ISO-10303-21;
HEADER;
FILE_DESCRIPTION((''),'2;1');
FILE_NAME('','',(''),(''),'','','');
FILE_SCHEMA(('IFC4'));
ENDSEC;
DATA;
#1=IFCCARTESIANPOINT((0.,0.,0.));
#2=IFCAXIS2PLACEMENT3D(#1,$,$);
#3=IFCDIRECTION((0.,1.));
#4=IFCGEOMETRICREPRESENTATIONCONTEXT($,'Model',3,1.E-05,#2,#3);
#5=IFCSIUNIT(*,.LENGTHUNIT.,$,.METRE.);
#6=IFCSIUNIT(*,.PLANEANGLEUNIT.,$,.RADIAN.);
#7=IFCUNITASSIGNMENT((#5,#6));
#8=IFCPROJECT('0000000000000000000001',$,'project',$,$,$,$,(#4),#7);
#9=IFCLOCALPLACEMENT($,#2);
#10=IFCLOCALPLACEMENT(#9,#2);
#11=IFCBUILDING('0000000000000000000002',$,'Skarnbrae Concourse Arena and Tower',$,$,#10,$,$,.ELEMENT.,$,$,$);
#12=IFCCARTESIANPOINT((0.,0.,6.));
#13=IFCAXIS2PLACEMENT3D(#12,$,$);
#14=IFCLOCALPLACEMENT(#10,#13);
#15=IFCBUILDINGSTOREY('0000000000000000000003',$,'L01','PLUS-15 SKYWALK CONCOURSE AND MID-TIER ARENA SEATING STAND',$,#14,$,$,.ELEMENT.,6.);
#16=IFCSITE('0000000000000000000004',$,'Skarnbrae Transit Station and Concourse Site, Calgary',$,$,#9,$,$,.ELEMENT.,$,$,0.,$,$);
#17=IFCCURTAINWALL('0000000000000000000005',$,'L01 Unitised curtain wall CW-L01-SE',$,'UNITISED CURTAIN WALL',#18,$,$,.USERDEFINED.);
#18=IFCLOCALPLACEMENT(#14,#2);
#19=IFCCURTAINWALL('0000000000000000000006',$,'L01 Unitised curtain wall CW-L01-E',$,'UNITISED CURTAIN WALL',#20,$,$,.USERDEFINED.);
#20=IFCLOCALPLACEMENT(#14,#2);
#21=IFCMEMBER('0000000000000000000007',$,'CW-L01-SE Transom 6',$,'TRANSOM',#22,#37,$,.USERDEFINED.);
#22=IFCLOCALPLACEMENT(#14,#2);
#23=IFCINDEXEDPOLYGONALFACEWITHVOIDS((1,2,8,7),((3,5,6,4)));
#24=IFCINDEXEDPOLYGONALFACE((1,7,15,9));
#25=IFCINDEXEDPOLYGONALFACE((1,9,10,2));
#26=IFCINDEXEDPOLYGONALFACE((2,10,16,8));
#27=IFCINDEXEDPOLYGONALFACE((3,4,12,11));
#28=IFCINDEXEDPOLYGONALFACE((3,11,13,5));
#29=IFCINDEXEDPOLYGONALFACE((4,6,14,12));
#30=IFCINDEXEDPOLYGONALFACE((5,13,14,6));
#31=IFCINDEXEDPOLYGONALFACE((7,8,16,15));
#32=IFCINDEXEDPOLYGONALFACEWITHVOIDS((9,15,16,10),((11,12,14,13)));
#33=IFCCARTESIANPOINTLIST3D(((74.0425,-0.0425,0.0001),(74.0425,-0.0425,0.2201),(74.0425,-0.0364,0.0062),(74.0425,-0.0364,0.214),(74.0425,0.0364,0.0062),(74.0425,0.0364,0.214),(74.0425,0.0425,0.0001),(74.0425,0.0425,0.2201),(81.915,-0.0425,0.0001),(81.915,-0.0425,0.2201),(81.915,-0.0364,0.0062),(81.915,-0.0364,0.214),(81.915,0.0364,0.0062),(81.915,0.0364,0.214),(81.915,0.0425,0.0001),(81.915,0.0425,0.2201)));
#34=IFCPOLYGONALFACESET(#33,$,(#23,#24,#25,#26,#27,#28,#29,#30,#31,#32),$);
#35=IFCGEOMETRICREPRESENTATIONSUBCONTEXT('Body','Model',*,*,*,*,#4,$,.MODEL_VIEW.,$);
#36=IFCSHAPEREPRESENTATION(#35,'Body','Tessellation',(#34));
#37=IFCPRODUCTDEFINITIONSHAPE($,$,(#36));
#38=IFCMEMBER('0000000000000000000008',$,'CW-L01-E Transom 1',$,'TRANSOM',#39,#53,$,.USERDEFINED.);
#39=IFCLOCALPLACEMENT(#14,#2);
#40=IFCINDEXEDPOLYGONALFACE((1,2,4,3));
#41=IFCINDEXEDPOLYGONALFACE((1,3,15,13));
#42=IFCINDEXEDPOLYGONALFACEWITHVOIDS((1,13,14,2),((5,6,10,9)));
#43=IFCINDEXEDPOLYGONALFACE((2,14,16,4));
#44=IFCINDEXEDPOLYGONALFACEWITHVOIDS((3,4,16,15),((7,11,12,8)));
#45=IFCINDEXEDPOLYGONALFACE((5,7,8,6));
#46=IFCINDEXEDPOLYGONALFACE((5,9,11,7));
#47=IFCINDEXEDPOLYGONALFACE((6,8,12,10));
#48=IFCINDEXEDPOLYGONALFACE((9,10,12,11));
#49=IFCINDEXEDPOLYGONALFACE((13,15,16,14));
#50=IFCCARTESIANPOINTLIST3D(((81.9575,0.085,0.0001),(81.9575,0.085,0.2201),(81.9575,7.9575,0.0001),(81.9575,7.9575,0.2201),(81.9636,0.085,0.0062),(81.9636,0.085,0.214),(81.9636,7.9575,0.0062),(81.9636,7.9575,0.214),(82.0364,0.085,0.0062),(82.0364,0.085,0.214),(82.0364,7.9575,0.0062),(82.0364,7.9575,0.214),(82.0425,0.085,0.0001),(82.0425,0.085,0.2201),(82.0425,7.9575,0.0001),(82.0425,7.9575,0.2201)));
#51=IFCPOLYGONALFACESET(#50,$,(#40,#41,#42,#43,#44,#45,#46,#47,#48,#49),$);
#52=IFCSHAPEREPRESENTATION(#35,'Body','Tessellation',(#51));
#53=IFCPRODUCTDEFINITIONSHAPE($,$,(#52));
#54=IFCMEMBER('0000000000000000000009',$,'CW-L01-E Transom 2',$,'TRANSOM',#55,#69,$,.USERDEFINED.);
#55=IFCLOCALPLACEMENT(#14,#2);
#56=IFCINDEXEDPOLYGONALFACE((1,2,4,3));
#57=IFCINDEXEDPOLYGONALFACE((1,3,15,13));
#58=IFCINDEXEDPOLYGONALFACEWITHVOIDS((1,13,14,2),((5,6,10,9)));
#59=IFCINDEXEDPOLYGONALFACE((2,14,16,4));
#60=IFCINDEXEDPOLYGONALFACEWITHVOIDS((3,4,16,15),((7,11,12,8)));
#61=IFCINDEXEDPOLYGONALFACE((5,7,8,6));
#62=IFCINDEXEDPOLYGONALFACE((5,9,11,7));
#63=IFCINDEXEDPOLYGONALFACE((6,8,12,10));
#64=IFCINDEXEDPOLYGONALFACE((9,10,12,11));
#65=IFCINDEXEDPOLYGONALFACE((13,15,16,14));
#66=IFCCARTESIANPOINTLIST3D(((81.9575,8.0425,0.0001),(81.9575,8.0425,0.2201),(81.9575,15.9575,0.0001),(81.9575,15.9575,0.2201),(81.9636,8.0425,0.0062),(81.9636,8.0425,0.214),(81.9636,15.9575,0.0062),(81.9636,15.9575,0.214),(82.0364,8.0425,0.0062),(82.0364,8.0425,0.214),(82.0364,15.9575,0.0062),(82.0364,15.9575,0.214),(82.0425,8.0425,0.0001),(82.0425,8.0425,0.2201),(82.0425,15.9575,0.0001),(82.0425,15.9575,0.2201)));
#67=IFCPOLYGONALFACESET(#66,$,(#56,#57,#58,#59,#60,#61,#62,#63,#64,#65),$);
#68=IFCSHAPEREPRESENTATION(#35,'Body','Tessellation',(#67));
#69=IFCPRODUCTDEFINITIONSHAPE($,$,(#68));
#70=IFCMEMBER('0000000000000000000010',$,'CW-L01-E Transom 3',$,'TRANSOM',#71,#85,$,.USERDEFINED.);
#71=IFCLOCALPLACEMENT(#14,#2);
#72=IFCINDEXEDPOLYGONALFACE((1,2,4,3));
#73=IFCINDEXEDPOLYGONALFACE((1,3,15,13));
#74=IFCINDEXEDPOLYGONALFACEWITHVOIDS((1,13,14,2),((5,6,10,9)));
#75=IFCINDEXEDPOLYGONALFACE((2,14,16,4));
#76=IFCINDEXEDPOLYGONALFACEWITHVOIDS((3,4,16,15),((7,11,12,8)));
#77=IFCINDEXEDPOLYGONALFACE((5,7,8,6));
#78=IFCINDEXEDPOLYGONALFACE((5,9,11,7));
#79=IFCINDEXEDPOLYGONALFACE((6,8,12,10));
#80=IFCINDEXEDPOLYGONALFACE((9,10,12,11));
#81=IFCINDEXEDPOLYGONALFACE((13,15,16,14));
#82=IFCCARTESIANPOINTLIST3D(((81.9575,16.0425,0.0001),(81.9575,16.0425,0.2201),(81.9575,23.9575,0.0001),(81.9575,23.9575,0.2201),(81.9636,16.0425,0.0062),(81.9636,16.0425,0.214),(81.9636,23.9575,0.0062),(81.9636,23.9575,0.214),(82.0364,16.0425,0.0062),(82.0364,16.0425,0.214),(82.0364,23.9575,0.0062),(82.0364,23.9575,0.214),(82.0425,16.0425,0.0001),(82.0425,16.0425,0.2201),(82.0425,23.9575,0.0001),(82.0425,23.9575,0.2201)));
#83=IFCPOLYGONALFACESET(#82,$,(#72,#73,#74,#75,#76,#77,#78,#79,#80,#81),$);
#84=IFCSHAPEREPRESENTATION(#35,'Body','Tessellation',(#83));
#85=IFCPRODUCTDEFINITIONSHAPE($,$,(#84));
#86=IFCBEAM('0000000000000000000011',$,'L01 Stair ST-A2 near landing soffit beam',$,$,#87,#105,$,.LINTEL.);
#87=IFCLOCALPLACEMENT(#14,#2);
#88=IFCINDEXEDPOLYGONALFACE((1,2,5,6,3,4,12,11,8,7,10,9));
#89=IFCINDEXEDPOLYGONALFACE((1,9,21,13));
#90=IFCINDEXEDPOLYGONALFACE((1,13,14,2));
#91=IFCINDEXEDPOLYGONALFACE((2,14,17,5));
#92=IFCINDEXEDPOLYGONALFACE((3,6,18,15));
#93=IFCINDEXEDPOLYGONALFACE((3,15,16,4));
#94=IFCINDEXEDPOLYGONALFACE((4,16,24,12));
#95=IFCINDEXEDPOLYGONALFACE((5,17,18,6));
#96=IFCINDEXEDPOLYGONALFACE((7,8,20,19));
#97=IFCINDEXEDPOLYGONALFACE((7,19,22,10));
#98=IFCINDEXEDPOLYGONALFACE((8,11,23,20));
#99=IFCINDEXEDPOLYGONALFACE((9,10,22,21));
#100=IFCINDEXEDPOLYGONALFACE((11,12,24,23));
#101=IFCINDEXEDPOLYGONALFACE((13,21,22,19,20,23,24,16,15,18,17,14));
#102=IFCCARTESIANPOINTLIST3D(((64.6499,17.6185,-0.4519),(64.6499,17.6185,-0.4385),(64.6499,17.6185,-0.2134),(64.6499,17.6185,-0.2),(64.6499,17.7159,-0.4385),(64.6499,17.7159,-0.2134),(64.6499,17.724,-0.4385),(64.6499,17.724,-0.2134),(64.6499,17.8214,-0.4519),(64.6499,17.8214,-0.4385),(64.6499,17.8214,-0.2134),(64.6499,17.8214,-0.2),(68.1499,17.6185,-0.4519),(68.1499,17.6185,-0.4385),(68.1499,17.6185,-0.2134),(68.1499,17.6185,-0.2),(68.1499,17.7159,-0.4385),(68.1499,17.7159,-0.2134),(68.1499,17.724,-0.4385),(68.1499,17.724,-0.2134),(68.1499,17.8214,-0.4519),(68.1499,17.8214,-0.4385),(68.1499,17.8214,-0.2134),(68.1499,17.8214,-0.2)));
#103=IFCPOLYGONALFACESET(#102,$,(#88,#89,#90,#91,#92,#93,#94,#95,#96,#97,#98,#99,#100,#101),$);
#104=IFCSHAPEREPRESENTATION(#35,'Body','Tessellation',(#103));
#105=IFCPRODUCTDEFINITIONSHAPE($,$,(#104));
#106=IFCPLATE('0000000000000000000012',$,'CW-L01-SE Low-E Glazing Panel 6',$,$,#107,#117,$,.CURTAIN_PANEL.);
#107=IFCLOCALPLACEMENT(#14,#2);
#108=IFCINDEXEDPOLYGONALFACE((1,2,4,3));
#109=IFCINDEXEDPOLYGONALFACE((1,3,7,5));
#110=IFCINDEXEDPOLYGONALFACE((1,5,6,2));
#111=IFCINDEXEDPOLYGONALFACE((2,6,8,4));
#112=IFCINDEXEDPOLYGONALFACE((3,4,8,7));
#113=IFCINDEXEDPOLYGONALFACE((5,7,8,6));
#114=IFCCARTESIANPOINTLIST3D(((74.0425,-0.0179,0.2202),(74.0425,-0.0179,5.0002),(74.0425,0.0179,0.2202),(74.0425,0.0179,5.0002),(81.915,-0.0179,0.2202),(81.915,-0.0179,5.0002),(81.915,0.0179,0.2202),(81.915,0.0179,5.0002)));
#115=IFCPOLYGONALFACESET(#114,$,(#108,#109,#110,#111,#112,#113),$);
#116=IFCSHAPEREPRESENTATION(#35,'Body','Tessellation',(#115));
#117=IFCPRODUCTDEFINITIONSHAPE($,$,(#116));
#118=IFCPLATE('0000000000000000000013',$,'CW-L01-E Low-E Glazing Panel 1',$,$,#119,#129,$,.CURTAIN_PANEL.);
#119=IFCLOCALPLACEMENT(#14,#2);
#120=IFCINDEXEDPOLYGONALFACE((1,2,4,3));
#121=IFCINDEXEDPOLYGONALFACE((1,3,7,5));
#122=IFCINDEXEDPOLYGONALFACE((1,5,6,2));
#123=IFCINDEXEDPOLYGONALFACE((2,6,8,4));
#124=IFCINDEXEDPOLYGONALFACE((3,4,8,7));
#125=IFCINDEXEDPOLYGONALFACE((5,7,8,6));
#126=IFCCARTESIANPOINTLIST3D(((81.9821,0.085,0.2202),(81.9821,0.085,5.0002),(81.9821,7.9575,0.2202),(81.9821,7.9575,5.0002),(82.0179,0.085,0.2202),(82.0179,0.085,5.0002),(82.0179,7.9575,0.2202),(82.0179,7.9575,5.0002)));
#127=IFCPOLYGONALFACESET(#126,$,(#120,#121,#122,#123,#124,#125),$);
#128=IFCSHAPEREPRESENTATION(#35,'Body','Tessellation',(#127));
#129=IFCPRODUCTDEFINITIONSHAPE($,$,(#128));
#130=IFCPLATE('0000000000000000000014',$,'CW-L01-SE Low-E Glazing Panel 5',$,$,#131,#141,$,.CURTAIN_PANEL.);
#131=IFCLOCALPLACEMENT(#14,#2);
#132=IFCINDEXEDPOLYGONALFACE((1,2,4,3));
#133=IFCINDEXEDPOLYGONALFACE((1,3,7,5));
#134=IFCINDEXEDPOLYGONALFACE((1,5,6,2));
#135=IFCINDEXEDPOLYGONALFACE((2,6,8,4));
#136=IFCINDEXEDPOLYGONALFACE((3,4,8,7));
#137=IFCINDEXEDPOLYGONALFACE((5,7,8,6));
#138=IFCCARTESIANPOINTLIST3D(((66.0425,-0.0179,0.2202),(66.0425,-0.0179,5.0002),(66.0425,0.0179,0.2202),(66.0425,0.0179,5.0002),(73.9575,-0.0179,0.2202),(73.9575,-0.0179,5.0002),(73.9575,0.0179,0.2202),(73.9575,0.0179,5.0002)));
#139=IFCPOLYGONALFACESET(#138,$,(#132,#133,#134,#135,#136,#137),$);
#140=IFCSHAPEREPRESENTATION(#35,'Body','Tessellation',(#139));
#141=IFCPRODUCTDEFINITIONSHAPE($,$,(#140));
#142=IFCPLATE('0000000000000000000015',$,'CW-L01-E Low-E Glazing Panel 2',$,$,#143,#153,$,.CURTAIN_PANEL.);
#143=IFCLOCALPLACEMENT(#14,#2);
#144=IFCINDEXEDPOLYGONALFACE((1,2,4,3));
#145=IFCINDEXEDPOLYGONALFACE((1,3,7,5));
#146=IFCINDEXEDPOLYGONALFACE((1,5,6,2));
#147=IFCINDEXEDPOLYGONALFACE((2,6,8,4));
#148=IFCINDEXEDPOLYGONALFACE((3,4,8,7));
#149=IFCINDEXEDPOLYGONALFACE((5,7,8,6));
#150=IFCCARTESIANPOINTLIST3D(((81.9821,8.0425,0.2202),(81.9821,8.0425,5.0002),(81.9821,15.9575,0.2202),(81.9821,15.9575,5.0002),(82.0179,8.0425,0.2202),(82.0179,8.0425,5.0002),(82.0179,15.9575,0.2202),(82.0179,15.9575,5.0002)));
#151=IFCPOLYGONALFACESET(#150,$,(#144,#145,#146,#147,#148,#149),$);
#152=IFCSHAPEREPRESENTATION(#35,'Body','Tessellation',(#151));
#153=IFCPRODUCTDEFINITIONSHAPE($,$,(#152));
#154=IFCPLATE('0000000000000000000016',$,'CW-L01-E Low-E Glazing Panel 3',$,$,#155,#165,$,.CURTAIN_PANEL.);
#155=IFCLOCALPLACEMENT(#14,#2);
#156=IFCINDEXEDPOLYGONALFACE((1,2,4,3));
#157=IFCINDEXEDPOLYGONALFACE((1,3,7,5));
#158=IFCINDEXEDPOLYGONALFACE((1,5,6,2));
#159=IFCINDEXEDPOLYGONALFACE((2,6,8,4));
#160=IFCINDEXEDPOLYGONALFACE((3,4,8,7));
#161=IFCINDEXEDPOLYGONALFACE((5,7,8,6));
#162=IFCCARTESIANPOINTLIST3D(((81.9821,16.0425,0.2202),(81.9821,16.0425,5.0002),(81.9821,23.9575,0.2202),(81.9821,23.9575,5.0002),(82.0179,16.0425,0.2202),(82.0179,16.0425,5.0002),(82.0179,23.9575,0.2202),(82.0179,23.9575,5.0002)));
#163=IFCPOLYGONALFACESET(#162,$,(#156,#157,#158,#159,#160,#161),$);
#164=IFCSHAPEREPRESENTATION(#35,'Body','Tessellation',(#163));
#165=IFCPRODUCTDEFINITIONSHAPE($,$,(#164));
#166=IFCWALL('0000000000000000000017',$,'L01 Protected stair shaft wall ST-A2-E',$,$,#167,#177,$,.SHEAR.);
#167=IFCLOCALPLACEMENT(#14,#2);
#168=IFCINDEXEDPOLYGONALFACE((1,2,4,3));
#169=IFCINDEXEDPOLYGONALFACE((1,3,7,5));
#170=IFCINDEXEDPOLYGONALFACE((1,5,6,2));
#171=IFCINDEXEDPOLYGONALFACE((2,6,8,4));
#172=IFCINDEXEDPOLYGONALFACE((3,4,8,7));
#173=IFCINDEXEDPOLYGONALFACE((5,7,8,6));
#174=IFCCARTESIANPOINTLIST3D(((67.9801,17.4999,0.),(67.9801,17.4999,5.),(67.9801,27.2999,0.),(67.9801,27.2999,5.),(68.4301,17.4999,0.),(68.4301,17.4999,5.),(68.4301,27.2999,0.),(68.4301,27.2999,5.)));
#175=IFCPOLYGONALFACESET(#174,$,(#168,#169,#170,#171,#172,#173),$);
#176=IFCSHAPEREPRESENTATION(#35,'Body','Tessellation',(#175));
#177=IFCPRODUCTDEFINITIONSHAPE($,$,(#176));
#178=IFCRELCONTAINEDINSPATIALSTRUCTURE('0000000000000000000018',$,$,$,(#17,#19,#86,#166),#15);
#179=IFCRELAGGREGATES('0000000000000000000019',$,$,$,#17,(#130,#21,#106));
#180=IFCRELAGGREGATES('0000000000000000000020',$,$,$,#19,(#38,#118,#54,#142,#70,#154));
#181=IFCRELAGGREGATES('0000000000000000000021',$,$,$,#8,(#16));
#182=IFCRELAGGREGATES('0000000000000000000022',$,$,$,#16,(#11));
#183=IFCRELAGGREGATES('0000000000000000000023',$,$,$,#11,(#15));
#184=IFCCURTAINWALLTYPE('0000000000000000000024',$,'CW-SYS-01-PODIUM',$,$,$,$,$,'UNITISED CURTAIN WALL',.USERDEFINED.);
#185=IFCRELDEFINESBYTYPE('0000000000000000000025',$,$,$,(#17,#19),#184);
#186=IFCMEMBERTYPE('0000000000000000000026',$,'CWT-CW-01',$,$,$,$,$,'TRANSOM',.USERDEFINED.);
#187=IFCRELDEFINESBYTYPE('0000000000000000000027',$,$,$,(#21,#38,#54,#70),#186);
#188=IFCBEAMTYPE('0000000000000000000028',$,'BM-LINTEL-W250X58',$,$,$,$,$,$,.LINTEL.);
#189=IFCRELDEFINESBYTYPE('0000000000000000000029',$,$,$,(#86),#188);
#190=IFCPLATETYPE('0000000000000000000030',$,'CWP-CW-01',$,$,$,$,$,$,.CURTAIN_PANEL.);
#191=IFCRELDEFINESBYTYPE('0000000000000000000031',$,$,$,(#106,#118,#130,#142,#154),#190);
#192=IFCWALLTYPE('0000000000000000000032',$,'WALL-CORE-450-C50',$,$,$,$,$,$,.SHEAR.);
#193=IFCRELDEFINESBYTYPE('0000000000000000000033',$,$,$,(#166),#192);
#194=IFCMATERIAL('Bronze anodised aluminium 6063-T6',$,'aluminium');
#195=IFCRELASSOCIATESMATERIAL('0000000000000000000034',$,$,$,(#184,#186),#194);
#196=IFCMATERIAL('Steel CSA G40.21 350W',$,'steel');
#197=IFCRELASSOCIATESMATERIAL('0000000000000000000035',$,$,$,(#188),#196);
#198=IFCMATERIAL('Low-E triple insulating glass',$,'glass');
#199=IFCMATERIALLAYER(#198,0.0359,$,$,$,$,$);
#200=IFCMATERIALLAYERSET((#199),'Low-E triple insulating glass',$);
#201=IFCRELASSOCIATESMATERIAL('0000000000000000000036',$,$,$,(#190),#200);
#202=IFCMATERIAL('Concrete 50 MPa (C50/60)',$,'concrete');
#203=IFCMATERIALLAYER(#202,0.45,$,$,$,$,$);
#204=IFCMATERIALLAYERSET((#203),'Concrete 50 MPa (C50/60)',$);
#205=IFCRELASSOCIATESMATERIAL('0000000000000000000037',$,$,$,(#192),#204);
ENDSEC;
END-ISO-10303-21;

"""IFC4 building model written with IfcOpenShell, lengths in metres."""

from ifc_helpers import new_model, si_unit, direction, frame, frame_2d, origin, origin_2d, place, context, subcontext, project, spatial, rectangle, hollow_rectangle, i_section, extrude, source, transform, mapped, material, layer, layer_set, material_profile, profile_set, type_object, element, aggregate, save


model = new_model("IFC4")

# Units and contexts
model_context = context("Model", 3, precision=1e-05, world=origin(), true_north=direction((0.0, 1.0)))
body_context = subcontext(model_context, "Body", "Model", "MODEL_VIEW")
ifc_project = project(units=[si_unit("LENGTHUNIT", "METRE"), si_unit("PLANEANGLEUNIT", "RADIAN")], contexts=[model_context])

# Site, building, storey
site_placement = place(None, origin())
site = spatial("IfcSite", under=ifc_project, at=site_placement, Name="Skarnbrae Transit Station and Concourse Site, Calgary", CompositionType="ELEMENT", RefElevation=0.0)
building_placement = place(site_placement, origin())
building = spatial("IfcBuilding", under=site, at=building_placement, Name="Skarnbrae Concourse Arena and Tower", CompositionType="ELEMENT")
storey_placement = place(building_placement, frame((0.0, 0.0, 6.0)))
storey = spatial("IfcBuildingStorey", under=building, at=storey_placement, Name="L01", Description="PLUS-15 SKYWALK CONCOURSE AND MID-TIER ARENA SEATING STAND", CompositionType="ELEMENT", Elevation=6.0)

# Shared definitions
ifc_material_1 = material(Name="Steel CSA G40.21 350W", Category="steel")

# Curtain walls
ifc_material_2 = material(Name="Bronze anodised aluminium 6063-T6", Category="aluminium")
curtain_wall_type = type_object("IfcCurtainWallType", Name="CW-SYS-01-PODIUM", ElementType="UNITISED CURTAIN WALL", PredefinedType="USERDEFINED", material=ifc_material_2)
curtain_wall_1_placement = place(storey_placement, origin())
curtain_wall_1 = element("IfcCurtainWall", 1, at=curtain_wall_1_placement, inside=storey, type_object=curtain_wall_type, Name="L01 Unitised curtain wall CW-L01-SE", ObjectType="UNITISED CURTAIN WALL", PredefinedType="USERDEFINED")
curtain_wall_2_placement = place(storey_placement, origin())
curtain_wall_2 = element("IfcCurtainWall", 2, at=curtain_wall_2_placement, inside=storey, type_object=curtain_wall_type, Name="L01 Unitised curtain wall CW-L01-E", ObjectType="UNITISED CURTAIN WALL", PredefinedType="USERDEFINED")

# Members
ifc_material_profile_1 = material_profile(ifc_material_2, hollow_rectangle(XDim=0.085, YDim=0.22, WallThickness=0.0061, at=origin_2d()), Name="ALU-TRAN-85X220")
ifc_profile_set_1 = profile_set([ifc_material_profile_1], Name="Bronze anodised aluminium 6063-T6")
member_type_1 = type_object("IfcMemberType", Name="CWT-CW-01", ElementType="TRANSOM", PredefinedType="USERDEFINED", material=ifc_profile_set_1)
shared_shape_1 = source(origin(), body_context, "Body", "SweptSolid", [
    extrude(hollow_rectangle(XDim=0.085, YDim=0.22, WallThickness=0.0061, at=origin_2d()), origin(), (0.0, 0.0, 1.0), 7.8726),
])
member_1_placement = place(storey_placement, frame((74.0425, 0.0, 0.1101), z_axis=(1.0, 0.0, 0.0), x_axis=(0.0, 1.0, 0.0)))
member_1 = element("IfcMember", 3, at=member_1_placement, type_object=member_type_1, Name="CW-L01-SE Transom 6", ObjectType="TRANSOM", PredefinedType="USERDEFINED", context=body_context, shape_type="MappedRepresentation", body=[
    mapped(shared_shape_1, transform((0.0, 0.0, 0.0))),
])
member_2_placement = place(storey_placement, frame((82.0, 0.085, 0.1101), z_axis=(0.0, 1.0, 0.0), x_axis=(-1.0, 0.0, 0.0)))
member_2 = element("IfcMember", 4, at=member_2_placement, type_object=member_type_1, Name="CW-L01-E Transom 1", ObjectType="TRANSOM", PredefinedType="USERDEFINED", context=body_context, shape_type="MappedRepresentation", body=[
    mapped(shared_shape_1, transform((0.0, 0.0, 0.0))),
])
shared_shape_2 = source(origin(), body_context, "Body", "SweptSolid", [
    extrude(hollow_rectangle(XDim=0.085, YDim=0.22, WallThickness=0.0061, at=origin_2d()), origin(), (0.0, 0.0, 1.0), 7.915),
])
member_3_placement = place(storey_placement, frame((82.0, 8.0425, 0.1101), z_axis=(0.0, 1.0, 0.0), x_axis=(-1.0, 0.0, 0.0)))
member_3 = element("IfcMember", 5, at=member_3_placement, type_object=member_type_1, Name="CW-L01-E Transom 2", ObjectType="TRANSOM", PredefinedType="USERDEFINED", context=body_context, shape_type="MappedRepresentation", body=[
    mapped(shared_shape_2, transform((0.0, 0.0, 0.0))),
])
member_4_placement = place(storey_placement, frame((82.0, 16.0425, 0.1101), z_axis=(0.0, 1.0, 0.0), x_axis=(-1.0, 0.0, 0.0)))
member_4 = element("IfcMember", 6, at=member_4_placement, type_object=member_type_1, Name="CW-L01-E Transom 3", ObjectType="TRANSOM", PredefinedType="USERDEFINED", context=body_context, shape_type="MappedRepresentation", body=[
    mapped(shared_shape_2, transform((0.0, 0.0, 0.0))),
])

# Beam
ifc_material_profile_2 = material_profile(ifc_material_1, i_section(OverallWidth=0.2029, OverallDepth=0.252, WebThickness=0.0081, FlangeThickness=0.0134, at=origin_2d()), Name="W250X58")
ifc_profile_set_2 = profile_set([ifc_material_profile_2], Name="Steel CSA G40.21 350W")
beam_type_1 = type_object("IfcBeamType", Name="BM-LINTEL-W250X58", PredefinedType="LINTEL", material=ifc_profile_set_2)
shared_shape_3 = source(origin(), body_context, "Body", "SweptSolid", [
    extrude(i_section(OverallWidth=0.2029, OverallDepth=0.252, WebThickness=0.0081, FlangeThickness=0.0134, at=origin_2d()), origin(), (0.0, 0.0, 1.0), 3.5),
])
beam_1_placement = place(storey_placement, frame((68.1499, 17.72, -0.3259), z_axis=(-1.0, 0.0, 0.0), x_axis=(0.0, -1.0, 0.0)))
element("IfcBeam", 7, at=beam_1_placement, inside=storey, type_object=beam_type_1, Name="L01 Stair ST-A2 near landing soffit beam", PredefinedType="LINTEL", context=body_context, shape_type="MappedRepresentation", body=[
    mapped(shared_shape_3, transform((0.0, 0.0, 0.0))),
])

# Plates
ifc_material_3 = material(Name="Low-E triple insulating glass", Category="glass")
ifc_layer_1 = layer(ifc_material_3, 0.0359)
ifc_layer_set_1 = layer_set([ifc_layer_1], Name="Low-E triple insulating glass")
plate_type = type_object("IfcPlateType", Name="CWP-CW-01", PredefinedType="CURTAIN_PANEL", material=ifc_layer_set_1)
shared_shape_4 = source(origin(), body_context, "Body", "SweptSolid", [
    extrude(rectangle(XDim=7.8726, YDim=0.0359, at=origin_2d()), origin(), (0.0, 0.0, 1.0), 4.78),
])
plate_1_placement = place(storey_placement, frame((77.9788, 0.0, 0.2202), z_axis=(0.0, 0.0, 1.0), x_axis=(1.0, 0.0, 0.0)))
plate_1 = element("IfcPlate", 8, at=plate_1_placement, type_object=plate_type, Name="CW-L01-SE Low-E Glazing Panel 6", PredefinedType="CURTAIN_PANEL", context=body_context, shape_type="MappedRepresentation", body=[
    mapped(shared_shape_4, transform((0.0, 0.0, 0.0))),
])
plate_2_placement = place(storey_placement, frame((82.0, 4.0212, 0.2202), z_axis=(0.0, 0.0, 1.0), x_axis=(0.0, 1.0, 0.0)))
plate_2 = element("IfcPlate", 9, at=plate_2_placement, type_object=plate_type, Name="CW-L01-E Low-E Glazing Panel 1", PredefinedType="CURTAIN_PANEL", context=body_context, shape_type="MappedRepresentation", body=[
    mapped(shared_shape_4, transform((0.0, 0.0, 0.0))),
])
shared_shape_5 = source(origin(), body_context, "Body", "SweptSolid", [
    extrude(rectangle(XDim=7.915, YDim=0.0359, at=origin_2d()), origin(), (0.0, 0.0, 1.0), 4.78),
])
plate_3_placement = place(storey_placement, frame((70.0, 0.0, 0.2202), z_axis=(0.0, 0.0, 1.0), x_axis=(1.0, 0.0, 0.0)))
plate_3 = element("IfcPlate", 10, at=plate_3_placement, type_object=plate_type, Name="CW-L01-SE Low-E Glazing Panel 5", PredefinedType="CURTAIN_PANEL", context=body_context, shape_type="MappedRepresentation", body=[
    mapped(shared_shape_5, transform((0.0, 0.0, 0.0))),
])
aggregate(curtain_wall_1, [plate_3, member_1, plate_1])
plate_4_placement = place(storey_placement, frame((82.0, 12.0, 0.2202), z_axis=(0.0, 0.0, 1.0), x_axis=(0.0, 1.0, 0.0)))
plate_4 = element("IfcPlate", 11, at=plate_4_placement, type_object=plate_type, Name="CW-L01-E Low-E Glazing Panel 2", PredefinedType="CURTAIN_PANEL", context=body_context, shape_type="MappedRepresentation", body=[
    mapped(shared_shape_5, transform((0.0, 0.0, 0.0))),
])
plate_5_placement = place(storey_placement, frame((82.0, 20.0, 0.2202), z_axis=(0.0, 0.0, 1.0), x_axis=(0.0, 1.0, 0.0)))
plate_5 = element("IfcPlate", 12, at=plate_5_placement, type_object=plate_type, Name="CW-L01-E Low-E Glazing Panel 3", PredefinedType="CURTAIN_PANEL", context=body_context, shape_type="MappedRepresentation", body=[
    mapped(shared_shape_5, transform((0.0, 0.0, 0.0))),
])
aggregate(curtain_wall_2, [member_2, plate_2, member_3, plate_4, member_4, plate_5])

# Wall
ifc_material_4 = material(Name="Concrete 50 MPa (C50/60)", Category="concrete")
ifc_layer_2 = layer(ifc_material_4, 0.45)
ifc_layer_set_2 = layer_set([ifc_layer_2], Name="Concrete 50 MPa (C50/60)")
wall_type = type_object("IfcWallType", Name="WALL-CORE-450-C50", PredefinedType="SHEAR", material=ifc_layer_set_2)
shared_shape_6 = source(origin(), body_context, "Body", "SweptSolid", [
    extrude(rectangle(XDim=9.8, YDim=0.45, at=frame_2d((4.8999, 0.0))), origin(), (0.0, 0.0, 1.0), 5.0),
])
wall_placement = place(storey_placement, frame((68.2051, 17.5, 0.0), z_axis=(0.0, 0.0, 1.0), x_axis=(0.0, 1.0, 0.0)))
element("IfcWall", 13, at=wall_placement, inside=storey, type_object=wall_type, Name="L01 Protected stair shaft wall ST-A2-E", PredefinedType="SHEAR", context=body_context, shape_type="MappedRepresentation", body=[
    mapped(shared_shape_6, transform((0.0, 0.0, 0.0))),
])

save(model, "model.ifc")
